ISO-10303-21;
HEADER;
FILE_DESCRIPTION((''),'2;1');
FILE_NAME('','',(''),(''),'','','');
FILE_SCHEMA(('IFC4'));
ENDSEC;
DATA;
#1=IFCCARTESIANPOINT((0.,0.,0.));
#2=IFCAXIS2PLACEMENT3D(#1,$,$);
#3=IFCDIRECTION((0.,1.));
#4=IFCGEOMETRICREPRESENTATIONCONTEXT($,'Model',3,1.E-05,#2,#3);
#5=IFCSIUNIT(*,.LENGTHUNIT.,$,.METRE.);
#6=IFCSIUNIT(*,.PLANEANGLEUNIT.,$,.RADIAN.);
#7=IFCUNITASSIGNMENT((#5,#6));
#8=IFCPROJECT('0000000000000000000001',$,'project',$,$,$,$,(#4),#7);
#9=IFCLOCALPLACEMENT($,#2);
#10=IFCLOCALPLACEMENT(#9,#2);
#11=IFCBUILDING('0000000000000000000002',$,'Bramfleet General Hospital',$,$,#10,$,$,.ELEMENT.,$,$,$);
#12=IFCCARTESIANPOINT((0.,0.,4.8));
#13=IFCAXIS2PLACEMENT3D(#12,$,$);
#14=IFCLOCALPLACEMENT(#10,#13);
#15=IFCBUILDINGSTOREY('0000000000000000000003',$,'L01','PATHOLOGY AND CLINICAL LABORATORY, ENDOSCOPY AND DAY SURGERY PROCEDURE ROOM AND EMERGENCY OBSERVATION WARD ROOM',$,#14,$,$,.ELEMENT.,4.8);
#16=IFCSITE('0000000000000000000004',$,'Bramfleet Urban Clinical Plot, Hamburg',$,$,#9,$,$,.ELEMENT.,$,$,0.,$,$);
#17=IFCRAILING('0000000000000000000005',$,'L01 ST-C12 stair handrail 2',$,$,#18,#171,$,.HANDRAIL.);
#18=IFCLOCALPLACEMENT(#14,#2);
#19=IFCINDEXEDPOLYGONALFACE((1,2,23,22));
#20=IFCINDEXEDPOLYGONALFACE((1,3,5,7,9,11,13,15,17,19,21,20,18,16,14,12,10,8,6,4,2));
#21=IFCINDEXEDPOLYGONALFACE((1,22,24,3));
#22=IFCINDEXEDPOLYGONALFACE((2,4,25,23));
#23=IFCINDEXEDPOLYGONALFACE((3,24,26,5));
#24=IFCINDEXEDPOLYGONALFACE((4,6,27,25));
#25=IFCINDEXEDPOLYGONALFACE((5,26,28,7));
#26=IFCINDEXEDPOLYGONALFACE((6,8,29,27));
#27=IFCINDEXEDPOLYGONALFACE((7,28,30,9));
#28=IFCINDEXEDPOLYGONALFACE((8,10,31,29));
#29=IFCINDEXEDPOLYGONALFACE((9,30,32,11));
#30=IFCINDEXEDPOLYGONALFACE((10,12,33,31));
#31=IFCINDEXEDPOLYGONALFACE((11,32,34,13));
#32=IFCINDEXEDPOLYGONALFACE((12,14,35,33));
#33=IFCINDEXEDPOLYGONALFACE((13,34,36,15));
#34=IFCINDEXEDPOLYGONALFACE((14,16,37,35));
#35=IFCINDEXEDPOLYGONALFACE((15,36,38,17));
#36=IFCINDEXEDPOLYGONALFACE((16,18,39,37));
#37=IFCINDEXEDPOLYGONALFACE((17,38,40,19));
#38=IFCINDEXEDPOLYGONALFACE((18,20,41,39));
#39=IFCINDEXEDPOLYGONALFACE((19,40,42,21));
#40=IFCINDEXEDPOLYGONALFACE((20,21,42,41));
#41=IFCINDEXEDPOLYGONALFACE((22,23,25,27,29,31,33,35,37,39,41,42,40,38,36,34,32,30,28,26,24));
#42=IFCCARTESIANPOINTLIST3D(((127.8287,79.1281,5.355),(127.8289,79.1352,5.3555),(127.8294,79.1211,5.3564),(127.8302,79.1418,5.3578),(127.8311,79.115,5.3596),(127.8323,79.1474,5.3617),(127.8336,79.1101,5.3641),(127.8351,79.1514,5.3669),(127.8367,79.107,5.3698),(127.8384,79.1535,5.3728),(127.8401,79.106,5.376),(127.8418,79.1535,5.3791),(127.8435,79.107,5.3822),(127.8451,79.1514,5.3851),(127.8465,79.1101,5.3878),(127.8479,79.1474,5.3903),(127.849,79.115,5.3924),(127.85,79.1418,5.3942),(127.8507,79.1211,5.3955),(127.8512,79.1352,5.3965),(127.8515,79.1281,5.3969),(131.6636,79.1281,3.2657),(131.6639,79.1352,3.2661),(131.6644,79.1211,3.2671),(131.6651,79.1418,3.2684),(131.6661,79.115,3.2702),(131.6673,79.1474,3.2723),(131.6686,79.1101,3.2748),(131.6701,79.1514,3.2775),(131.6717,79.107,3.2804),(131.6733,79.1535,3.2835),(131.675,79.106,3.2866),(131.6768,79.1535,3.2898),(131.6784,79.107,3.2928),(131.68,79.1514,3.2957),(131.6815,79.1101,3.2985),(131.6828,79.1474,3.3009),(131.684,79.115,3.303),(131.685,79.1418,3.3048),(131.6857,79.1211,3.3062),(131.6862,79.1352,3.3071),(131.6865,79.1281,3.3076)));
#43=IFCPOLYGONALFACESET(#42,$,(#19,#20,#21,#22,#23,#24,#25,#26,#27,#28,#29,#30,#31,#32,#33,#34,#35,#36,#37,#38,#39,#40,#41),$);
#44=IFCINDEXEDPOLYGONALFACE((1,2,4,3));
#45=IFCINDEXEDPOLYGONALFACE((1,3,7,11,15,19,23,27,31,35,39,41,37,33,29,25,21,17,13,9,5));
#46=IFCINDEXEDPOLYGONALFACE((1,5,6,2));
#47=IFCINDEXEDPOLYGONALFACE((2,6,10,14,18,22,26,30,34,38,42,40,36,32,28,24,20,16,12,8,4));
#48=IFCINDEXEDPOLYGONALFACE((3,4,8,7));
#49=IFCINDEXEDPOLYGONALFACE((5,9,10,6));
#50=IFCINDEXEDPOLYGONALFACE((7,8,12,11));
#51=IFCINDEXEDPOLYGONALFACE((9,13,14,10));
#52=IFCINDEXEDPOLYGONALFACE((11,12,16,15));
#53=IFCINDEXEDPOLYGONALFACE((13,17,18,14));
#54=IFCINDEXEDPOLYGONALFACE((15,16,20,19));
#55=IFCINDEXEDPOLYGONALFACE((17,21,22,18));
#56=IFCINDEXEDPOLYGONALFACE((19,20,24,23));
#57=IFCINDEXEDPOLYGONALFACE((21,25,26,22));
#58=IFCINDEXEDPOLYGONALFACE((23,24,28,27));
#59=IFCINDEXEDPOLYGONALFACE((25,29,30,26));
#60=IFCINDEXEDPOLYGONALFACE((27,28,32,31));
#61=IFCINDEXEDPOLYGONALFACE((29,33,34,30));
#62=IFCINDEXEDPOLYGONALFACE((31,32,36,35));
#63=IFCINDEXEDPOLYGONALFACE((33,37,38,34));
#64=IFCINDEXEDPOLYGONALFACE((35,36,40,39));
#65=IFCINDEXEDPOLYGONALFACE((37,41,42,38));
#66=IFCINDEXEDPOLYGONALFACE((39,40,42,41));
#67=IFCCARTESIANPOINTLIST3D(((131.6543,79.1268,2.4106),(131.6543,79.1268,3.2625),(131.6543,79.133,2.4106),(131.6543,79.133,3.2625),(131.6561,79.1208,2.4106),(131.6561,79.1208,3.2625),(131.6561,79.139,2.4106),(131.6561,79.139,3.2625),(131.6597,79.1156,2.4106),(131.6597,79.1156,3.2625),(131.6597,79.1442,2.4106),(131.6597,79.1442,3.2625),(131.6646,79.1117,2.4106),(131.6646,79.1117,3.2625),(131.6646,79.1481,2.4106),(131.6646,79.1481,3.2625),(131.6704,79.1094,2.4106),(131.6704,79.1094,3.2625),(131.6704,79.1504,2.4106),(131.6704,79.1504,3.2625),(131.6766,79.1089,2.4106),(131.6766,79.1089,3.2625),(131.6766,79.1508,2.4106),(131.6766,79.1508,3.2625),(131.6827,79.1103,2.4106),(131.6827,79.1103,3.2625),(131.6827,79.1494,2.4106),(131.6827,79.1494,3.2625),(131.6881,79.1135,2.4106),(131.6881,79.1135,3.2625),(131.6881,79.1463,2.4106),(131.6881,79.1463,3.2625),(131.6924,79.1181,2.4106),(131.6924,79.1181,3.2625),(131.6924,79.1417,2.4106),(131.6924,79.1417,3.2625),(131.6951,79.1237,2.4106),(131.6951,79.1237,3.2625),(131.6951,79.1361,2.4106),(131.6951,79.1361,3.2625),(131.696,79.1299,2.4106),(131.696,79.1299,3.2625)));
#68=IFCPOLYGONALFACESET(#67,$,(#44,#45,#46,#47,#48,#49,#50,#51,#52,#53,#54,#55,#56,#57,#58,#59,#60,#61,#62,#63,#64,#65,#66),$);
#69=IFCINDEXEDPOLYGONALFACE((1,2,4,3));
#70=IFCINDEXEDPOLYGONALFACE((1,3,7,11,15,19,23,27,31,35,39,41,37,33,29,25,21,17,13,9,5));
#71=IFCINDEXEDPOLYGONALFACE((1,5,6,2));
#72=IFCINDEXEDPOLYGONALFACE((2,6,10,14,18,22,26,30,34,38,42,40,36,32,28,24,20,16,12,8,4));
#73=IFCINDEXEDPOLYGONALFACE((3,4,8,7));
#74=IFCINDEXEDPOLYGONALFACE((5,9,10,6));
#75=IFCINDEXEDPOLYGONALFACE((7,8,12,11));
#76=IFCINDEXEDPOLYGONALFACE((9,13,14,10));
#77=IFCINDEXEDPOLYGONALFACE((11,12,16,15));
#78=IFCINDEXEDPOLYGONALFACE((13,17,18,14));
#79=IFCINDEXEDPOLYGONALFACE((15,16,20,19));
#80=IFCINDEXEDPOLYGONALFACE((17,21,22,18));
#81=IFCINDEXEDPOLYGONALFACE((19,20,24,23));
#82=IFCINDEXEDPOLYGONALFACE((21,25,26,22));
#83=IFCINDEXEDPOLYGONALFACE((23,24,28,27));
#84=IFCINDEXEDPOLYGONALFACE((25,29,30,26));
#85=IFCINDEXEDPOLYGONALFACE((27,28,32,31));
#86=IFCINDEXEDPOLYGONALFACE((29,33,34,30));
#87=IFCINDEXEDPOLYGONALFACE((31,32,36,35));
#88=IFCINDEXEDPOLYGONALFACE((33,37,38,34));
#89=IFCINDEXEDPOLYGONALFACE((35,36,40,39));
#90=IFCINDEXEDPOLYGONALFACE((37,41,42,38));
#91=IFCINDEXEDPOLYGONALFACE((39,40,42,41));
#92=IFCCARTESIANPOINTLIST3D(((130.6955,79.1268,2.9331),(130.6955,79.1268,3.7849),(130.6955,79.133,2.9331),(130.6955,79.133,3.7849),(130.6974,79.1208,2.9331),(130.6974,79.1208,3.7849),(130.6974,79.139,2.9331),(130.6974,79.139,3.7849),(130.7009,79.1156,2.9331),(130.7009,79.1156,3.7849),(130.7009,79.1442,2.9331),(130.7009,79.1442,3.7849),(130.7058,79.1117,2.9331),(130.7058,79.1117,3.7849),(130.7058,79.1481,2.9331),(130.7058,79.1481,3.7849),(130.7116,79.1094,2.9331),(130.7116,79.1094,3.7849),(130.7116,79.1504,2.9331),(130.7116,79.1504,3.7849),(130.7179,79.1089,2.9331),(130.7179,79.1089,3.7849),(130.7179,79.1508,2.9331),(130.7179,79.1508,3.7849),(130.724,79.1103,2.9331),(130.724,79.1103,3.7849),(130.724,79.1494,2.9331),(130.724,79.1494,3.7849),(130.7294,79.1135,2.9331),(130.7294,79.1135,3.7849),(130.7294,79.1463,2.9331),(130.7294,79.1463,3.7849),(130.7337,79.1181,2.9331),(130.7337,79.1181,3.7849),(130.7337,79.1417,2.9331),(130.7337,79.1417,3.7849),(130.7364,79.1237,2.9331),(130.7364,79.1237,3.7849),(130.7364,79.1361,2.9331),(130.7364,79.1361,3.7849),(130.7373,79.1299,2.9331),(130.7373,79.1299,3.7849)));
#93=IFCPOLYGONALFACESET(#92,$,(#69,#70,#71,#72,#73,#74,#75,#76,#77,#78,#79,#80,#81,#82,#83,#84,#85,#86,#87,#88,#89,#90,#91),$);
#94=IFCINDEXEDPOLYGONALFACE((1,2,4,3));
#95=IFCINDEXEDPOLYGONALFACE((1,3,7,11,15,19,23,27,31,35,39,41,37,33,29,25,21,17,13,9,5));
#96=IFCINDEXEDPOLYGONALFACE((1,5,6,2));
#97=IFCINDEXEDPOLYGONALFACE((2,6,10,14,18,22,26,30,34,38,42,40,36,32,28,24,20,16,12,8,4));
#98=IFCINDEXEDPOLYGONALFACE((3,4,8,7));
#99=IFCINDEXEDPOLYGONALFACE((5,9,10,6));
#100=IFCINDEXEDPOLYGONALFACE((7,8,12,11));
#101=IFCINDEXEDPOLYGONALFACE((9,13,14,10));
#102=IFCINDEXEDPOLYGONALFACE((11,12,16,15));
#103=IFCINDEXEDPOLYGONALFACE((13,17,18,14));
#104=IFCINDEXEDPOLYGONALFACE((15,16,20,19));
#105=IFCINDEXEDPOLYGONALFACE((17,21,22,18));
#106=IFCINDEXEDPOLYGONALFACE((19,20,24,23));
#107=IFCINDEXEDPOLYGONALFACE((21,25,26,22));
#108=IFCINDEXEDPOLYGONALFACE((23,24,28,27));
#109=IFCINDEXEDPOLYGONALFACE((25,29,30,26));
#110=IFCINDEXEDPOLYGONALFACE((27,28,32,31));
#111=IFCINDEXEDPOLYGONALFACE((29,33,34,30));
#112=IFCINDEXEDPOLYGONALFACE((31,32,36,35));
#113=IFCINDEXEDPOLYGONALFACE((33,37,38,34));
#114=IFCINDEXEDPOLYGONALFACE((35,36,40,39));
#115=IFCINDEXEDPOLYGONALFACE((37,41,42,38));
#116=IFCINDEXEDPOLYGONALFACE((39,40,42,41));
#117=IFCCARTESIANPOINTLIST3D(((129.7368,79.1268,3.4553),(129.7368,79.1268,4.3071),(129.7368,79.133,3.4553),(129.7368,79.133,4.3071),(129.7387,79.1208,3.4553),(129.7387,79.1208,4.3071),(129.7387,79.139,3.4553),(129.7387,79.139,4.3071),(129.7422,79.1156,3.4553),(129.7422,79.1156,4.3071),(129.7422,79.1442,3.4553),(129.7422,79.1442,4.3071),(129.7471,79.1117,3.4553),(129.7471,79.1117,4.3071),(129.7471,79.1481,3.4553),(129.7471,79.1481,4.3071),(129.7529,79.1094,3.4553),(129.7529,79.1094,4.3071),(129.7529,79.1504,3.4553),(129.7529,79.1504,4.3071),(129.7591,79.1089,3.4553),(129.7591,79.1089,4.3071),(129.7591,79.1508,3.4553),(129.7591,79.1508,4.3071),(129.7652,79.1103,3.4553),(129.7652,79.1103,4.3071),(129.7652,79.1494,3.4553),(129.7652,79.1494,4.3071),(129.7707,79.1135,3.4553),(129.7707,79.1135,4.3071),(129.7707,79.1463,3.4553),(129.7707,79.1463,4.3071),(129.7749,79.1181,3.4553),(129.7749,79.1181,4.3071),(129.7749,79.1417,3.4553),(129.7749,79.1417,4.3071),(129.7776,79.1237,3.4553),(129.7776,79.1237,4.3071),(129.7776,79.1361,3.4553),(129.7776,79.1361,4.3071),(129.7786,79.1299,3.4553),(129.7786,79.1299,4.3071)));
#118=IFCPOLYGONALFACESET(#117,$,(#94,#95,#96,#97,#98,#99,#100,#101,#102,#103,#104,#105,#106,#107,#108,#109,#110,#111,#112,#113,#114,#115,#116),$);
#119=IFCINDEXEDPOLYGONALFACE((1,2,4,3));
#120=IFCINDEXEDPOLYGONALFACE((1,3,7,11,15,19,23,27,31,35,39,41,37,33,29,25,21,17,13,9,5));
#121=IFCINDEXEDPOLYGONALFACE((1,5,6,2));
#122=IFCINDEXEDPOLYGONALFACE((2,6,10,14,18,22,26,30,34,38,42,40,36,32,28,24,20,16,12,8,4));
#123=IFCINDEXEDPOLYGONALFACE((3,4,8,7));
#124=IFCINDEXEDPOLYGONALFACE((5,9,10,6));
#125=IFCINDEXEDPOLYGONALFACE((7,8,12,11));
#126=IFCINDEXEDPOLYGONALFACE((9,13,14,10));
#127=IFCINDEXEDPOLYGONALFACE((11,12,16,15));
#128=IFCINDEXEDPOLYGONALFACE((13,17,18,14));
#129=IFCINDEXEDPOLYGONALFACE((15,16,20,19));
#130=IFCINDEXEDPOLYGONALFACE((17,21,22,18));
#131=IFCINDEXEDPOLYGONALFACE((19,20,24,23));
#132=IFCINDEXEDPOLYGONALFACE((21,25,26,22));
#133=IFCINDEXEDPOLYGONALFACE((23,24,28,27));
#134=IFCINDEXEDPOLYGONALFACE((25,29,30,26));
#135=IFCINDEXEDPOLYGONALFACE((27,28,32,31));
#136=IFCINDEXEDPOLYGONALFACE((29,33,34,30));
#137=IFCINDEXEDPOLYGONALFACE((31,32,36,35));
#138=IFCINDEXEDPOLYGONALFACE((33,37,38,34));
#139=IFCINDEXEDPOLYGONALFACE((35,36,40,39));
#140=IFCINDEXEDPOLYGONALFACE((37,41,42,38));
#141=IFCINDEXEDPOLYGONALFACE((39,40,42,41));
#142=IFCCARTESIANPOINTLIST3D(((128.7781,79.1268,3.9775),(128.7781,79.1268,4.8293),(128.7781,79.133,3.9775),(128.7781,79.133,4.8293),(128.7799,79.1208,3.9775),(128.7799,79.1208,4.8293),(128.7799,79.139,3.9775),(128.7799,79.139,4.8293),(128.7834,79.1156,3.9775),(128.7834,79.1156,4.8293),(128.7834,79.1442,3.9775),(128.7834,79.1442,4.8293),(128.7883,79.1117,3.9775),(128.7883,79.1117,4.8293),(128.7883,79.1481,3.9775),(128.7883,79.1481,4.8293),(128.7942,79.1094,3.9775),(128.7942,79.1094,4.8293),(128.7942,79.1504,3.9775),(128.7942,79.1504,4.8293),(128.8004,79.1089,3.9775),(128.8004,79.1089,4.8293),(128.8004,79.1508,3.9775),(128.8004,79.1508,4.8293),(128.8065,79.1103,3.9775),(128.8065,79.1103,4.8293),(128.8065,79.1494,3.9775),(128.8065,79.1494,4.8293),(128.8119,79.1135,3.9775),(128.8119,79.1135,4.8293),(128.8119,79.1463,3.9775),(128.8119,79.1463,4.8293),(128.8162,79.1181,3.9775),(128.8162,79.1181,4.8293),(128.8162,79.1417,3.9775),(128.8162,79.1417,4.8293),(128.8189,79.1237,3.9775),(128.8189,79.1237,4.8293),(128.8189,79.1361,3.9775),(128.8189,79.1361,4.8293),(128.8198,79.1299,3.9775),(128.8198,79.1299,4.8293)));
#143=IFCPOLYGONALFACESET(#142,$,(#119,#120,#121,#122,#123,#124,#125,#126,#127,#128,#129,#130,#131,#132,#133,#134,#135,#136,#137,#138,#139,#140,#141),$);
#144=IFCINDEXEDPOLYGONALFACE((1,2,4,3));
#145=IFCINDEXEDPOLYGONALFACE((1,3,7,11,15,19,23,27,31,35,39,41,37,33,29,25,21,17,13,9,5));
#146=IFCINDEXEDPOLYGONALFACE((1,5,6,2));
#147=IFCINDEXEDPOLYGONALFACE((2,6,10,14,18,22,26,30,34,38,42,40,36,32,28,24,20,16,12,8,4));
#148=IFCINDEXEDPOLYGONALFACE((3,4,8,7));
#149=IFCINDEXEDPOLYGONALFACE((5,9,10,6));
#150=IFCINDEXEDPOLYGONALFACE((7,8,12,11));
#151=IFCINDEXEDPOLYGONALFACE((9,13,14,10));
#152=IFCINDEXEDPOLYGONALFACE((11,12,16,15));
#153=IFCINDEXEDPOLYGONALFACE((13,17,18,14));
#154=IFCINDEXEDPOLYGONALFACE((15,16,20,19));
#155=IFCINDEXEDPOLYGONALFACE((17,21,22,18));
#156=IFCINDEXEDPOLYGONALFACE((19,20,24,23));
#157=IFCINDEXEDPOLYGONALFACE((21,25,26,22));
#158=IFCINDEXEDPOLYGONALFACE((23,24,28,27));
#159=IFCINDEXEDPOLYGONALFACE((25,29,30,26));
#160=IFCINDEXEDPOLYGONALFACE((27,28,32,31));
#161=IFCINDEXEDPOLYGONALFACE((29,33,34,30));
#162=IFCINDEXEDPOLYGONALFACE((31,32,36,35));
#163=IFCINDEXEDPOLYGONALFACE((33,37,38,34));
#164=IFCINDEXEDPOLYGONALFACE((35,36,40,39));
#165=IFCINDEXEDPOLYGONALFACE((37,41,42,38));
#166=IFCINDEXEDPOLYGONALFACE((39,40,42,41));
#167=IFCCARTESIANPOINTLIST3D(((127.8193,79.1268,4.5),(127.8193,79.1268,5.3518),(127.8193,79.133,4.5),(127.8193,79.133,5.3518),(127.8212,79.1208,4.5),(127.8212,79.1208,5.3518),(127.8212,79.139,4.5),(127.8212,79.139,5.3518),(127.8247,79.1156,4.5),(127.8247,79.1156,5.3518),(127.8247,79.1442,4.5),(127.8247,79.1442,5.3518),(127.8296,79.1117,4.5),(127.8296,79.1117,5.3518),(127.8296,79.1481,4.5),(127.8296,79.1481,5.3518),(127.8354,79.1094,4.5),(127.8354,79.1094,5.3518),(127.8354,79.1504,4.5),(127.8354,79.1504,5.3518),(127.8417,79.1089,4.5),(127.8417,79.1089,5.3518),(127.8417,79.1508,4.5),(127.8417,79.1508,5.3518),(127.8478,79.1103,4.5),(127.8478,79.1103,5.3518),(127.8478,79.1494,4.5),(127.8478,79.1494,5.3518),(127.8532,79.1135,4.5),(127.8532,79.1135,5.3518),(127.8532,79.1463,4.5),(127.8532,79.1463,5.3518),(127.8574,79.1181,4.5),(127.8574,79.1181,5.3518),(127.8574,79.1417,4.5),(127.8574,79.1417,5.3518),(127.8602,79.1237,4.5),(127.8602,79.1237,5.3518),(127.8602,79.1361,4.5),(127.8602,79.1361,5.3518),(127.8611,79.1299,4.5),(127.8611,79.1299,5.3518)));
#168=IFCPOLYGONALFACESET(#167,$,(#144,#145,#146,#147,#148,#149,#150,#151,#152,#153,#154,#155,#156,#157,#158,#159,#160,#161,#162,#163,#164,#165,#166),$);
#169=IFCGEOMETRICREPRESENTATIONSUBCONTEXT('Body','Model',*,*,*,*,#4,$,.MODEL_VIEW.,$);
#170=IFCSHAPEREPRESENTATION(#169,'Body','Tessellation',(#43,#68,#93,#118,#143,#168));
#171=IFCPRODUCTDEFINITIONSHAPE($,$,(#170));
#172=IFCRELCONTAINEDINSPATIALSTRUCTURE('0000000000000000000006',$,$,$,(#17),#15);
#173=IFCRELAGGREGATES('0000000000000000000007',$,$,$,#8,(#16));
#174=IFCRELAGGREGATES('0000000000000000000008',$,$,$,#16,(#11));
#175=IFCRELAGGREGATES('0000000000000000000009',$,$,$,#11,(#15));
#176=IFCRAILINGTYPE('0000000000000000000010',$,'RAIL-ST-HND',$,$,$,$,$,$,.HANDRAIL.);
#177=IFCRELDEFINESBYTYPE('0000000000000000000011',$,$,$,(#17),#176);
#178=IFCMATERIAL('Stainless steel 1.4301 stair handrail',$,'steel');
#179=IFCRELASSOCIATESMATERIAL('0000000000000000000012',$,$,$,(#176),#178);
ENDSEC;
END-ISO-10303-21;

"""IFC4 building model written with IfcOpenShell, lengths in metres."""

from ifc_helpers import new_model, si_unit, direction, frame, origin, origin_2d, place, context, subcontext, project, spatial, circle, extrude, material, type_object, element, save


model = new_model("IFC4")

# Units and contexts
model_context = context("Model", 3, precision=1e-05, world=origin(), true_north=direction((0.0, 1.0)))
body_context = subcontext(model_context, "Body", "Model", "MODEL_VIEW")
ifc_project = project(units=[si_unit("LENGTHUNIT", "METRE"), si_unit("PLANEANGLEUNIT", "RADIAN")], contexts=[model_context])

# Site, building, storey
site_placement = place(None, origin())
site = spatial("IfcSite", under=ifc_project, at=site_placement, Name="Bramfleet Urban Clinical Plot, Hamburg", CompositionType="ELEMENT", RefElevation=0.0)
building_placement = place(site_placement, origin())
building = spatial("IfcBuilding", under=site, at=building_placement, Name="Bramfleet General Hospital", CompositionType="ELEMENT")
storey_placement = place(building_placement, frame((0.0, 0.0, 4.8)))
storey = spatial("IfcBuildingStorey", under=building, at=storey_placement, Name="L01", Description="PATHOLOGY AND CLINICAL LABORATORY, ENDOSCOPY AND DAY SURGERY PROCEDURE ROOM AND EMERGENCY OBSERVATION WARD ROOM", CompositionType="ELEMENT", Elevation=4.8)

# Railing
ifc_material_1 = material(Name="Stainless steel 1.4301 stair handrail", Category="steel")
railing_type_1 = type_object("IfcRailingType", Name="RAIL-ST-HND", PredefinedType="HANDRAIL", material=ifc_material_1)
railing_1_placement = place(storey_placement, frame((131.675, 79.1299, 2.4106)))
element("IfcRailing", 1, at=railing_1_placement, inside=storey, type_object=railing_type_1, Name="L01 ST-C12 stair handrail 2", PredefinedType="HANDRAIL", context=body_context, shape_type="SweptSolid", body=[
    extrude(circle(Radius=0.0239, at=origin_2d()), frame((0.0, 0.0, 0.876), z_axis=(-0.87813, 0.0, 0.478421), x_axis=(0.0, -1.0, 0.0)), (0.0, 0.0, 1.0), 4.3672),
    extrude(circle(Radius=0.021, at=origin_2d()), origin(), (0.0, 0.0, 1.0), 0.8518),
    extrude(circle(Radius=0.021, at=origin_2d()), frame((-0.9587, 0.0, 0.5225)), (0.0, 0.0, 1.0), 0.8518),
    extrude(circle(Radius=0.021, at=origin_2d()), frame((-1.9175, 0.0, 1.0447)), (0.0, 0.0, 1.0), 0.8518),
    extrude(circle(Radius=0.021, at=origin_2d()), frame((-2.8762, 0.0, 1.5669)), (0.0, 0.0, 1.0), 0.8518),
    extrude(circle(Radius=0.021, at=origin_2d()), frame((-3.835, 0.0, 2.0894)), (0.0, 0.0, 1.0), 0.8518),
])

save(model, "model.ifc")
